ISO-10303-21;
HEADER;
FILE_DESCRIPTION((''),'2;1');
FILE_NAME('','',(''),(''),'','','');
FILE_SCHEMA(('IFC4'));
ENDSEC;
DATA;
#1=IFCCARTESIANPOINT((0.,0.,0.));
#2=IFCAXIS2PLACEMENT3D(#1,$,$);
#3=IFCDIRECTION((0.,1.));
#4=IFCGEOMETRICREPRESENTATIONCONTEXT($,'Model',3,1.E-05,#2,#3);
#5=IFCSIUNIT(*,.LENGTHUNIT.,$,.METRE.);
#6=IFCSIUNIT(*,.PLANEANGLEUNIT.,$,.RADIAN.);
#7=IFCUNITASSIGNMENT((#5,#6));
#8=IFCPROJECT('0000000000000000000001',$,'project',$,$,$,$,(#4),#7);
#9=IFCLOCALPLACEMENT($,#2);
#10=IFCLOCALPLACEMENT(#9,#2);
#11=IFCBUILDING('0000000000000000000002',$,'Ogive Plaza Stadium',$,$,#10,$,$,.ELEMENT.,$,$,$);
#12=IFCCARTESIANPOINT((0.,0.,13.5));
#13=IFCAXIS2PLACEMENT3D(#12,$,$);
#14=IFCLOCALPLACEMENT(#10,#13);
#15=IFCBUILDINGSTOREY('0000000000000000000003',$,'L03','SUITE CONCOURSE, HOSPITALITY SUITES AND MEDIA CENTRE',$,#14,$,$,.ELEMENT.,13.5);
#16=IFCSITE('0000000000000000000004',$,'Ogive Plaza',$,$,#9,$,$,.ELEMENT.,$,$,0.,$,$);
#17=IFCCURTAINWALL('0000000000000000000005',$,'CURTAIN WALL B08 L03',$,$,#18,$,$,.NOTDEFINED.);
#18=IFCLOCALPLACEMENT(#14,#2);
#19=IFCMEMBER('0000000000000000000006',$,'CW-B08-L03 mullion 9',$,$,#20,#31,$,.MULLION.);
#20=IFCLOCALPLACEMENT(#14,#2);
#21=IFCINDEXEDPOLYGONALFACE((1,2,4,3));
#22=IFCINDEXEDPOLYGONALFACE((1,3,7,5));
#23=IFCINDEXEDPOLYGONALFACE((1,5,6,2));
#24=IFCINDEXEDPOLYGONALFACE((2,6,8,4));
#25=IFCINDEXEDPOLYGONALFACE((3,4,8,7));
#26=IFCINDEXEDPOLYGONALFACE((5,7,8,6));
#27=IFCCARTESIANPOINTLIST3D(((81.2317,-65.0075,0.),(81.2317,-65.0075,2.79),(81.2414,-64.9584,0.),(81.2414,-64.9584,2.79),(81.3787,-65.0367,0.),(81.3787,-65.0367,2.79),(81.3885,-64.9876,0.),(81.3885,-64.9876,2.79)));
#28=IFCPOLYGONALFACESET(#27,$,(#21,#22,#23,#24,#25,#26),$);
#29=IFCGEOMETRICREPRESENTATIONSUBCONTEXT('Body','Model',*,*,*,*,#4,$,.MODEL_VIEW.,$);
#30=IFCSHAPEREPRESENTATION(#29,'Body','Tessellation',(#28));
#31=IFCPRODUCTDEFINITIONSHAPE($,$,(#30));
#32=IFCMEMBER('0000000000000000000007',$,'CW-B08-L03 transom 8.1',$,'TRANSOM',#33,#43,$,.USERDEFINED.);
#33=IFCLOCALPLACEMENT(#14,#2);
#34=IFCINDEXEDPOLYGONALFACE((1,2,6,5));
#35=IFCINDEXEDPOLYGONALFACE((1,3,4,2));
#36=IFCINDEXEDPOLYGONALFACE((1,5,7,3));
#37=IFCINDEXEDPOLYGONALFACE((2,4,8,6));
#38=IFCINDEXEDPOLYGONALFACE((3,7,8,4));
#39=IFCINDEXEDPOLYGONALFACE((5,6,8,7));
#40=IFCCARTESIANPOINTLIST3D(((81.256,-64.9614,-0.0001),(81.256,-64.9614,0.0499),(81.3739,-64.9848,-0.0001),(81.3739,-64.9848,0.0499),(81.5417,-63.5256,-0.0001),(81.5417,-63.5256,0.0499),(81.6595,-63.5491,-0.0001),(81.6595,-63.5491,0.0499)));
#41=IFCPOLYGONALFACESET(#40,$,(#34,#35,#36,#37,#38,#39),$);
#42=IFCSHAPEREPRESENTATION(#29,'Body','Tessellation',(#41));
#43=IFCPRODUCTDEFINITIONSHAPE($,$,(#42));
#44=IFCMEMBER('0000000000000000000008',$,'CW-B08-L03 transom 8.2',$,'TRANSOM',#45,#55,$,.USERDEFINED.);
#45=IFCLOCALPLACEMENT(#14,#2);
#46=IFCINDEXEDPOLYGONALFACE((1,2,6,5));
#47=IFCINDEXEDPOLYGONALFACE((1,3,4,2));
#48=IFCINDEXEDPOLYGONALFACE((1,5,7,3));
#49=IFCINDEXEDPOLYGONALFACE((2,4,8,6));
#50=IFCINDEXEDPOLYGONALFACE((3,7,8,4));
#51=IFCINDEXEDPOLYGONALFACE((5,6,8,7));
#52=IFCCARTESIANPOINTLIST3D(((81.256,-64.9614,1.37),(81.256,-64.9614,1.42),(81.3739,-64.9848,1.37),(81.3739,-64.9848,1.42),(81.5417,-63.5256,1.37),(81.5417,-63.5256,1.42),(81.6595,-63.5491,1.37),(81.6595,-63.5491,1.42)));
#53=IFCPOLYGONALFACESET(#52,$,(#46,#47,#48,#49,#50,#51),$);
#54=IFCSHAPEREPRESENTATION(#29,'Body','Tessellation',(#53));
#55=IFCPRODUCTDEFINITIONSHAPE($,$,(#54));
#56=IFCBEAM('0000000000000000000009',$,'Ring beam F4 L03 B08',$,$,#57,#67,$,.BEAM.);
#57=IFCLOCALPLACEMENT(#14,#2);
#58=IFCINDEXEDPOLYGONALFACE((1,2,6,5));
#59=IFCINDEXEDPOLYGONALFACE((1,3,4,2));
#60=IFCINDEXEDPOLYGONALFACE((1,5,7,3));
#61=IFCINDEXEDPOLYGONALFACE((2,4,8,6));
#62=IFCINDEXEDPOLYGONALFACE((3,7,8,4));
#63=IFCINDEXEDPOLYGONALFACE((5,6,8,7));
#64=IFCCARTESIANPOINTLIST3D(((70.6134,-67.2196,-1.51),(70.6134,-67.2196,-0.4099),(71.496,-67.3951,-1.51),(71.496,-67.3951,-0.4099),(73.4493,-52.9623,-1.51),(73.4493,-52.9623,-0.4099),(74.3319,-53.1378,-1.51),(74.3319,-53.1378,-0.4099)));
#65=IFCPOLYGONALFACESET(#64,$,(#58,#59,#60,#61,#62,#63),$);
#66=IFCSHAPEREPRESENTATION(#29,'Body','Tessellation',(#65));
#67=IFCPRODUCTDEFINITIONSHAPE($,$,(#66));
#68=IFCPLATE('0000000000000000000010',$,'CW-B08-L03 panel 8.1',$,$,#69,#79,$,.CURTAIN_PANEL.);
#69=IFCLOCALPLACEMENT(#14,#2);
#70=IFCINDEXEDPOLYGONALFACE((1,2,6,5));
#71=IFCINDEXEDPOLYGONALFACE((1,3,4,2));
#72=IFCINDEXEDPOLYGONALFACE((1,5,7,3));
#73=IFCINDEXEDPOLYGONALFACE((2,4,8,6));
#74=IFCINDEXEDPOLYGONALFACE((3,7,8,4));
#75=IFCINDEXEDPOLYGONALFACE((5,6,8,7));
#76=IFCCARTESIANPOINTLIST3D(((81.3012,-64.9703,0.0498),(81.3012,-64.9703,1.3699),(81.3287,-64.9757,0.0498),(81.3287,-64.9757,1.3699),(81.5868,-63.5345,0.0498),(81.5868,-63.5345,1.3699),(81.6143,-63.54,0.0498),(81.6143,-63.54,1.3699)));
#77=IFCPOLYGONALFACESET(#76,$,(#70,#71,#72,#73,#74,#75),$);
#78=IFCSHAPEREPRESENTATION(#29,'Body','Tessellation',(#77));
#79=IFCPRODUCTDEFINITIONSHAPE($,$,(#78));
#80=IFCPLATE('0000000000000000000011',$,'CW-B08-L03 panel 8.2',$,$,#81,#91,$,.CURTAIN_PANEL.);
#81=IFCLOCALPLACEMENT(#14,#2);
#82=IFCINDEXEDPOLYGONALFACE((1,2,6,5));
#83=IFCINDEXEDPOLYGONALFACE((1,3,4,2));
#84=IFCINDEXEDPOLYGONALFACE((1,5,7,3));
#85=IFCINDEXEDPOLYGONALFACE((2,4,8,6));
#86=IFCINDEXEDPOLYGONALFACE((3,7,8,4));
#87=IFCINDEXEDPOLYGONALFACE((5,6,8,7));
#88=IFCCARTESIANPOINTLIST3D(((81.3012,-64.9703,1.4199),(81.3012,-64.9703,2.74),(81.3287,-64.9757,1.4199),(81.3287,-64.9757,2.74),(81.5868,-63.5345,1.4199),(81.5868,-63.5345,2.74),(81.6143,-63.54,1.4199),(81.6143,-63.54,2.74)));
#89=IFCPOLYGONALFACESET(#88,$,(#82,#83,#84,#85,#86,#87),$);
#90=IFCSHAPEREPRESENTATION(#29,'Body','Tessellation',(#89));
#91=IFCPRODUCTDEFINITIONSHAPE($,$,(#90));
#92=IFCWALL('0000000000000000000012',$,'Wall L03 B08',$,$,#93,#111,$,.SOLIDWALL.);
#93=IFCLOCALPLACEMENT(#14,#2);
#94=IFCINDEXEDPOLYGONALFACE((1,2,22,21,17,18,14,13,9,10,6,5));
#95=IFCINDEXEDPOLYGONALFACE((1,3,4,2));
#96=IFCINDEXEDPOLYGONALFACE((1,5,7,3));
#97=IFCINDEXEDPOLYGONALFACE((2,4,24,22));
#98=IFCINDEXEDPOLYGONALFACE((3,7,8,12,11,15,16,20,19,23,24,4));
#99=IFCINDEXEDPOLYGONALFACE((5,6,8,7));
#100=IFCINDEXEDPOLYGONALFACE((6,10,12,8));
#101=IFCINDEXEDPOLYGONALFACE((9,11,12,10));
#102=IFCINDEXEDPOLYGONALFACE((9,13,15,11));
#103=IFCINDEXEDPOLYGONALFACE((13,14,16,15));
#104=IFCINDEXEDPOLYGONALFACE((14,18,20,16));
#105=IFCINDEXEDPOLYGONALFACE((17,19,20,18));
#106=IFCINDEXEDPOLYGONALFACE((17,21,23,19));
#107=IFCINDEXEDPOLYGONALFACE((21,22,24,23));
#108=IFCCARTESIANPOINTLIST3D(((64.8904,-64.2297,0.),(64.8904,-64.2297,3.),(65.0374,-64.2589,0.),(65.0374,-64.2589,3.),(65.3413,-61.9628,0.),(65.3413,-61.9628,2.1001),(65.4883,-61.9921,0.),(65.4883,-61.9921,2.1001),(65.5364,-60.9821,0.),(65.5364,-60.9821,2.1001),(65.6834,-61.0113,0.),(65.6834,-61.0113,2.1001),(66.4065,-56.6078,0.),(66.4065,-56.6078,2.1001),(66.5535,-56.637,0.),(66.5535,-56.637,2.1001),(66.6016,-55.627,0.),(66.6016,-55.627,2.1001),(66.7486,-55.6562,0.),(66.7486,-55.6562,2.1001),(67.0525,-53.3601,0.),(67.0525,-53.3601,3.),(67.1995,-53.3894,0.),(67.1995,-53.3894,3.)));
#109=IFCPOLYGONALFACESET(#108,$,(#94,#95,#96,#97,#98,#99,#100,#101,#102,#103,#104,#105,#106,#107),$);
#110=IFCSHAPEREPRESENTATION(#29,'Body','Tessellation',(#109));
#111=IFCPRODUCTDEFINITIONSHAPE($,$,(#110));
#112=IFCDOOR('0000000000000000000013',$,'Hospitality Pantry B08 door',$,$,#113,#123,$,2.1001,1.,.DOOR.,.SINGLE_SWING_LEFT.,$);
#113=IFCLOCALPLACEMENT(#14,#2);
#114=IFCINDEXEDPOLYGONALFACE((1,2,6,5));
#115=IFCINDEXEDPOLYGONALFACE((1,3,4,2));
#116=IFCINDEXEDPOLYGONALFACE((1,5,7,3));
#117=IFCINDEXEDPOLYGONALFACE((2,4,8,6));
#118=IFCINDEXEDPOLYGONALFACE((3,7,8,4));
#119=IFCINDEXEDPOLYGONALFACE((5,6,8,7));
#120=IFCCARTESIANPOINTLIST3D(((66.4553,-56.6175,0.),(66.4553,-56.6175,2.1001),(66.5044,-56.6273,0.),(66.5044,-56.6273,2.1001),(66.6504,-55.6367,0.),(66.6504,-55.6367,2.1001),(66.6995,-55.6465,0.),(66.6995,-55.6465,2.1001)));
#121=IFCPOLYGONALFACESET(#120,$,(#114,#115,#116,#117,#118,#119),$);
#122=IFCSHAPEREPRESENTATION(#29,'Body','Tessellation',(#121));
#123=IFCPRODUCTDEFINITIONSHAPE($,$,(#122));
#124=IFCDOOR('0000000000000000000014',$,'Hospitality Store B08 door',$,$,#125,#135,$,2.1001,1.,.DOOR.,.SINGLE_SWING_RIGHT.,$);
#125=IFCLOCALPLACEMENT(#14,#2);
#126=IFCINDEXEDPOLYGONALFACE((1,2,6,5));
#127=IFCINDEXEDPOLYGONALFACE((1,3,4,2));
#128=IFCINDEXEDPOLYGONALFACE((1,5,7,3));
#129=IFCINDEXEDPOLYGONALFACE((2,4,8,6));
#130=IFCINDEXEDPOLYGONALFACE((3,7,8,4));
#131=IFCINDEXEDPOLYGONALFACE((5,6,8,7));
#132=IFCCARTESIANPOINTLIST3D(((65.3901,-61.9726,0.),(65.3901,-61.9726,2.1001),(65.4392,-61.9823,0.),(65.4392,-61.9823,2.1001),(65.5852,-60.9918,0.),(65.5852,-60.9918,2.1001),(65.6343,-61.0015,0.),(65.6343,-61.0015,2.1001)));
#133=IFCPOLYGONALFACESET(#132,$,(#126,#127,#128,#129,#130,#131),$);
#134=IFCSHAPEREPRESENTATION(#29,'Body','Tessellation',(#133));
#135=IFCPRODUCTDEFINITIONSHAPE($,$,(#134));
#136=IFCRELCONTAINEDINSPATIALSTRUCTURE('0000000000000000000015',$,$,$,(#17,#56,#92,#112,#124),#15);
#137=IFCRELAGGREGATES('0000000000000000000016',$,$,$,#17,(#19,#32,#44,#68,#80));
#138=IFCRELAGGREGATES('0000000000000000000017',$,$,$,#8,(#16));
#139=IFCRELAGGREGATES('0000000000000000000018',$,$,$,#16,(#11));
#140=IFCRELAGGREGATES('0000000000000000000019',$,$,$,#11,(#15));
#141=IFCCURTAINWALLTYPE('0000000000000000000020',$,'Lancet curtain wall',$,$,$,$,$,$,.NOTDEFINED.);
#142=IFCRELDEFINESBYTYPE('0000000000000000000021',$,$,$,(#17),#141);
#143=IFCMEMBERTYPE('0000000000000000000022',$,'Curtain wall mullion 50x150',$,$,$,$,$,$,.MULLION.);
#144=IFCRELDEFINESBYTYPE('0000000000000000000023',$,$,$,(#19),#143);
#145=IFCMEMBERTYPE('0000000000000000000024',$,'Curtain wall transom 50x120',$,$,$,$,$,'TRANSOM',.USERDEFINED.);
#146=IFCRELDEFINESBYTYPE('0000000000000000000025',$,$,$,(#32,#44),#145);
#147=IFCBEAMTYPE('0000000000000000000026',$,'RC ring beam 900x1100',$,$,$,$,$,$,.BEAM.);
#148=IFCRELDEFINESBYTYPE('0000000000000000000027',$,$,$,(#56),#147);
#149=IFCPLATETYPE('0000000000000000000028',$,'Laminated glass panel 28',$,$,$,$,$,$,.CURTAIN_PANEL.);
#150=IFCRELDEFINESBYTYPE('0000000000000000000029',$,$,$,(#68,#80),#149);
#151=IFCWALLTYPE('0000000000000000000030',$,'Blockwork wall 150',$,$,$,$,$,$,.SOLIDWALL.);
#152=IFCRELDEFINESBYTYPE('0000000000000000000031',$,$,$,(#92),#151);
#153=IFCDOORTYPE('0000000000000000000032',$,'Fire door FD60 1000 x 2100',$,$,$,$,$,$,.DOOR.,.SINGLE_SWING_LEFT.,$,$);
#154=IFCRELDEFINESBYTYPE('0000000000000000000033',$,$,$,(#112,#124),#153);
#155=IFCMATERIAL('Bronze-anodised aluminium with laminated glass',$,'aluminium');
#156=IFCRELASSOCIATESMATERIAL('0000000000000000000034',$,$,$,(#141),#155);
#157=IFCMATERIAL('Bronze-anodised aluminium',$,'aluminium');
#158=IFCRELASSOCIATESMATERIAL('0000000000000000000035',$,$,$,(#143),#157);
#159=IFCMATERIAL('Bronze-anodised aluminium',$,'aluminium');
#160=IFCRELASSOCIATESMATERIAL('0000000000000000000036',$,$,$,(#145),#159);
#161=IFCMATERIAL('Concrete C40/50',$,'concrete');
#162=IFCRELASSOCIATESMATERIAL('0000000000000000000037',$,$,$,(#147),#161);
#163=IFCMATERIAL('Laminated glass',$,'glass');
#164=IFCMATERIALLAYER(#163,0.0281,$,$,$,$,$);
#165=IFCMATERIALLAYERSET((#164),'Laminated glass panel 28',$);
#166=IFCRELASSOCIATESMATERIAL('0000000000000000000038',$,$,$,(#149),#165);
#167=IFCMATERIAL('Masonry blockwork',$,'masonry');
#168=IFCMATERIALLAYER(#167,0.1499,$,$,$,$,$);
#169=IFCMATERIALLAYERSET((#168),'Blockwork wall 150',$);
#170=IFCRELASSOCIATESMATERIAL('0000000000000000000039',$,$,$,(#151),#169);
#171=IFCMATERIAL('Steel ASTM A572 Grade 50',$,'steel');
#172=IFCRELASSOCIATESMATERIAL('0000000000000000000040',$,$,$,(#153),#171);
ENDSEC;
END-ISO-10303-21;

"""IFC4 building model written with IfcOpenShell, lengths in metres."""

from ifc_helpers import new_model, si_unit, direction, frame, frame_2d, origin, origin_2d, place, context, subcontext, project, spatial, rectangle, extrude, material, layer, layer_set, material_profile, profile_set, type_object, element, fill, aggregate, save


model = new_model("IFC4")

# Units and contexts
model_context = context("Model", 3, precision=1e-05, world=origin(), true_north=direction((0.0, 1.0)))
body_context = subcontext(model_context, "Body", "Model", "MODEL_VIEW")
ifc_project = project(units=[si_unit("LENGTHUNIT", "METRE"), si_unit("PLANEANGLEUNIT", "RADIAN")], contexts=[model_context])

# Site, building, storey
site_placement = place(None, origin())
site = spatial("IfcSite", under=ifc_project, at=site_placement, Name="Ogive Plaza", CompositionType="ELEMENT", RefElevation=0.0)
building_placement = place(site_placement, origin())
building = spatial("IfcBuilding", under=site, at=building_placement, Name="Ogive Plaza Stadium", CompositionType="ELEMENT")
storey_placement = place(building_placement, frame((0.0, 0.0, 13.5)))
storey = spatial("IfcBuildingStorey", under=building, at=storey_placement, Name="L03", Description="SUITE CONCOURSE, HOSPITALITY SUITES AND MEDIA CENTRE", CompositionType="ELEMENT", Elevation=13.5)

# Curtain wall, members
ifc_material_1 = material(Name="Bronze-anodised aluminium with laminated glass", Category="aluminium")
curtain_wall_type = type_object("IfcCurtainWallType", Name="Lancet curtain wall", PredefinedType="NOTDEFINED", material=ifc_material_1)
curtain_wall_placement = place(storey_placement, origin())
curtain_wall = element("IfcCurtainWall", 1, at=curtain_wall_placement, inside=storey, type_object=curtain_wall_type, Name="CURTAIN WALL B08 L03", PredefinedType="NOTDEFINED")
ifc_material_2 = material(Name="Bronze-anodised aluminium", Category="aluminium")
ifc_material_profile_1 = material_profile(ifc_material_2, rectangle(XDim=0.1499, YDim=0.05, at=origin_2d()), Name="AL 150x50")
ifc_profile_set_1 = profile_set([ifc_material_profile_1], Name="Bronze-anodised aluminium")
member_type_1 = type_object("IfcMemberType", Name="Curtain wall mullion 50x150", PredefinedType="MULLION", material=ifc_profile_set_1)
member_1_placement = place(storey_placement, frame((81.3101, -64.9976, 0.0), z_axis=(0.0, 0.0, 1.0), x_axis=(0.980785, -0.19509, 0.0)))
member_1 = element("IfcMember", 2, at=member_1_placement, type_object=member_type_1, Name="CW-B08-L03 mullion 9", PredefinedType="MULLION", context=body_context, shape_type="SweptSolid", body=[
    extrude(rectangle(XDim=0.1499, YDim=0.05, at=origin_2d()), origin(), (0.0, 0.0, 1.0), 2.79),
])
ifc_material_3 = material(Name="Bronze-anodised aluminium", Category="aluminium")
ifc_material_profile_2 = material_profile(ifc_material_3, rectangle(XDim=0.1201, YDim=0.05, at=origin_2d()), Name="AL 120x50")
ifc_profile_set_2 = profile_set([ifc_material_profile_2], Name="Bronze-anodised aluminium")
member_type_2 = type_object("IfcMemberType", Name="Curtain wall transom 50x120", ElementType="TRANSOM", PredefinedType="USERDEFINED", material=ifc_profile_set_2)
member_2_placement = place(storey_placement, frame((81.6006, -63.5374, 0.0249), z_axis=(-0.195122, -0.980779, 0.0), x_axis=(0.980779, -0.195122, 0.0)))
member_2 = element("IfcMember", 3, at=member_2_placement, type_object=member_type_2, Name="CW-B08-L03 transom 8.1", ObjectType="TRANSOM", PredefinedType="USERDEFINED", context=body_context, shape_type="SweptSolid", body=[
    extrude(rectangle(XDim=0.1201, YDim=0.05, at=origin_2d()), origin(), (0.0, 0.0, 1.0), 1.4639),
])
member_3_placement = place(storey_placement, frame((81.6006, -63.5374, 1.395), z_axis=(-0.195122, -0.980779, 0.0), x_axis=(0.980779, -0.195122, 0.0)))
member_3 = element("IfcMember", 4, at=member_3_placement, type_object=member_type_2, Name="CW-B08-L03 transom 8.2", ObjectType="TRANSOM", PredefinedType="USERDEFINED", context=body_context, shape_type="SweptSolid", body=[
    extrude(rectangle(XDim=0.1201, YDim=0.05, at=origin_2d()), origin(), (0.0, 0.0, 1.0), 1.4639),
])

# Beam
ifc_material_4 = material(Name="Concrete C40/50", Category="concrete")
ifc_material_profile_3 = material_profile(ifc_material_4, rectangle(XDim=0.8999, YDim=1.1001, at=origin_2d()), Name="RC 900x1100")
ifc_profile_set_3 = profile_set([ifc_material_profile_3], Name="Concrete C40/50")
beam_type = type_object("IfcBeamType", Name="RC ring beam 900x1100", PredefinedType="BEAM", material=ifc_profile_set_3)
beam_placement = place(storey_placement, frame((73.8906, -53.05, -0.96), z_axis=(-0.195089, -0.980786, 0.0), x_axis=(0.980786, -0.195089, 0.0)))
element("IfcBeam", 5, at=beam_placement, inside=storey, type_object=beam_type, Name="Ring beam F4 L03 B08", PredefinedType="BEAM", context=body_context, shape_type="SweptSolid", body=[
    extrude(rectangle(XDim=0.8999, YDim=1.1001, at=origin_2d()), origin(), (0.0, 0.0, 1.0), 14.5366),
])

# Plates
ifc_material_5 = material(Name="Laminated glass", Category="glass")
ifc_layer_1 = layer(ifc_material_5, 0.0281)
ifc_layer_set_1 = layer_set([ifc_layer_1], Name="Laminated glass panel 28")
plate_type = type_object("IfcPlateType", Name="Laminated glass panel 28", PredefinedType="CURTAIN_PANEL", material=ifc_layer_set_1)
plate_1_placement = place(storey_placement, frame((81.4578, -64.2551, 0.0498), z_axis=(0.0, 0.0, 1.0), x_axis=(-0.19509, -0.980785, 0.0)))
plate_1 = element("IfcPlate", 6, at=plate_1_placement, type_object=plate_type, Name="CW-B08-L03 panel 8.1", PredefinedType="CURTAIN_PANEL", context=body_context, shape_type="SweptSolid", body=[
    extrude(rectangle(XDim=1.4639, YDim=0.0281, at=origin_2d()), origin(), (0.0, 0.0, 1.0), 1.3201),
])
plate_2_placement = place(storey_placement, frame((81.4578, -64.2551, 1.4199), z_axis=(0.0, 0.0, 1.0), x_axis=(-0.19509, -0.980785, 0.0)))
plate_2 = element("IfcPlate", 7, at=plate_2_placement, type_object=plate_type, Name="CW-B08-L03 panel 8.2", PredefinedType="CURTAIN_PANEL", context=body_context, shape_type="SweptSolid", body=[
    extrude(rectangle(XDim=1.4639, YDim=0.0281, at=origin_2d()), origin(), (0.0, 0.0, 1.0), 1.3201),
])
aggregate(curtain_wall, [member_1, member_2, member_3, plate_1, plate_2])

# Wall, openings, doors
ifc_material_6 = material(Name="Masonry blockwork", Category="masonry")
ifc_layer_2 = layer(ifc_material_6, 0.1499)
ifc_layer_set_2 = layer_set([ifc_layer_2], Name="Blockwork wall 150")
wall_type_1 = type_object("IfcWallType", Name="Blockwork wall 150", PredefinedType="SOLIDWALL", material=ifc_layer_set_2)
wall_1_placement = place(storey_placement, frame((67.126, -53.3748, 0.0), z_axis=(0.0, 0.0, 1.0), x_axis=(-0.195091, -0.980785, 0.0)))
wall_1 = element("IfcWall", 8, at=wall_1_placement, inside=storey, type_object=wall_type_1, Name="Wall L03 B08", PredefinedType="SOLIDWALL", context=body_context, shape_type="SweptSolid", body=[
    extrude(rectangle(XDim=11.0825, YDim=0.1499, at=frame_2d((5.5413, 0.0))), origin(), (0.0, 0.0, 1.0), 3.0),
])
opening_1_placement = place(wall_1_placement, frame((2.3113, 0.0, 0.0)))
opening_1 = element("IfcOpeningElement", 9, at=opening_1_placement, cuts=wall_1, PredefinedType="OPENING", context=body_context, shape_type="SweptSolid", body=[
    extrude(rectangle(XDim=1.0, YDim=2.1001, at=frame_2d((0.5, 1.05))), frame((0.0, 0.075, 0.0), z_axis=(0.0, -1.0, 0.0), x_axis=(1.0, 0.0, 0.0)), (0.0, 0.0, 1.0), 0.1499),
])
opening_2_placement = place(wall_1_placement, frame((7.7712, 0.0, 0.0)))
opening_2 = element("IfcOpeningElement", 10, at=opening_2_placement, cuts=wall_1, PredefinedType="OPENING", context=body_context, shape_type="SweptSolid", body=[
    extrude(rectangle(XDim=1.0, YDim=2.1001, at=frame_2d((0.5, 1.05))), frame((0.0, 0.075, 0.0), z_axis=(0.0, -1.0, 0.0), x_axis=(1.0, 0.0, 0.0)), (0.0, 0.0, 1.0), 0.1499),
])
ifc_material_7 = material(Name="Steel ASTM A572 Grade 50", Category="steel")
door_type_1 = type_object("IfcDoorType", Name="Fire door FD60 1000 x 2100", OperationType="SINGLE_SWING_LEFT", PredefinedType="DOOR", material=ifc_material_7)
door_1_placement = place(opening_1_placement, origin())
door_1 = element("IfcDoor", 11, at=door_1_placement, inside=storey, type_object=door_type_1, Name="Hospitality Pantry B08 door", OperationType="SINGLE_SWING_LEFT", OverallHeight=2.1001, OverallWidth=1.0, PredefinedType="DOOR", context=body_context, shape_type="SweptSolid", body=[
    extrude(rectangle(XDim=1.0, YDim=2.1001, at=frame_2d((0.5, 1.05))), frame((0.0, 0.0249, 0.0), z_axis=(0.0, -1.0, 0.0), x_axis=(1.0, 0.0, 0.0)), (0.0, 0.0, 1.0), 0.05),
])
fill(opening_1, door_1)
door_2_placement = place(opening_2_placement, origin())
door_2 = element("IfcDoor", 12, at=door_2_placement, inside=storey, type_object=door_type_1, Name="Hospitality Store B08 door", OperationType="SINGLE_SWING_RIGHT", OverallHeight=2.1001, OverallWidth=1.0, PredefinedType="DOOR", context=body_context, shape_type="SweptSolid", body=[
    extrude(rectangle(XDim=1.0, YDim=2.1001, at=frame_2d((0.5, 1.05))), frame((0.0, 0.0249, 0.0), z_axis=(0.0, -1.0, 0.0), x_axis=(1.0, 0.0, 0.0)), (0.0, 0.0, 1.0), 0.05),
])
fill(opening_2, door_2)

save(model, "model.ifc")
